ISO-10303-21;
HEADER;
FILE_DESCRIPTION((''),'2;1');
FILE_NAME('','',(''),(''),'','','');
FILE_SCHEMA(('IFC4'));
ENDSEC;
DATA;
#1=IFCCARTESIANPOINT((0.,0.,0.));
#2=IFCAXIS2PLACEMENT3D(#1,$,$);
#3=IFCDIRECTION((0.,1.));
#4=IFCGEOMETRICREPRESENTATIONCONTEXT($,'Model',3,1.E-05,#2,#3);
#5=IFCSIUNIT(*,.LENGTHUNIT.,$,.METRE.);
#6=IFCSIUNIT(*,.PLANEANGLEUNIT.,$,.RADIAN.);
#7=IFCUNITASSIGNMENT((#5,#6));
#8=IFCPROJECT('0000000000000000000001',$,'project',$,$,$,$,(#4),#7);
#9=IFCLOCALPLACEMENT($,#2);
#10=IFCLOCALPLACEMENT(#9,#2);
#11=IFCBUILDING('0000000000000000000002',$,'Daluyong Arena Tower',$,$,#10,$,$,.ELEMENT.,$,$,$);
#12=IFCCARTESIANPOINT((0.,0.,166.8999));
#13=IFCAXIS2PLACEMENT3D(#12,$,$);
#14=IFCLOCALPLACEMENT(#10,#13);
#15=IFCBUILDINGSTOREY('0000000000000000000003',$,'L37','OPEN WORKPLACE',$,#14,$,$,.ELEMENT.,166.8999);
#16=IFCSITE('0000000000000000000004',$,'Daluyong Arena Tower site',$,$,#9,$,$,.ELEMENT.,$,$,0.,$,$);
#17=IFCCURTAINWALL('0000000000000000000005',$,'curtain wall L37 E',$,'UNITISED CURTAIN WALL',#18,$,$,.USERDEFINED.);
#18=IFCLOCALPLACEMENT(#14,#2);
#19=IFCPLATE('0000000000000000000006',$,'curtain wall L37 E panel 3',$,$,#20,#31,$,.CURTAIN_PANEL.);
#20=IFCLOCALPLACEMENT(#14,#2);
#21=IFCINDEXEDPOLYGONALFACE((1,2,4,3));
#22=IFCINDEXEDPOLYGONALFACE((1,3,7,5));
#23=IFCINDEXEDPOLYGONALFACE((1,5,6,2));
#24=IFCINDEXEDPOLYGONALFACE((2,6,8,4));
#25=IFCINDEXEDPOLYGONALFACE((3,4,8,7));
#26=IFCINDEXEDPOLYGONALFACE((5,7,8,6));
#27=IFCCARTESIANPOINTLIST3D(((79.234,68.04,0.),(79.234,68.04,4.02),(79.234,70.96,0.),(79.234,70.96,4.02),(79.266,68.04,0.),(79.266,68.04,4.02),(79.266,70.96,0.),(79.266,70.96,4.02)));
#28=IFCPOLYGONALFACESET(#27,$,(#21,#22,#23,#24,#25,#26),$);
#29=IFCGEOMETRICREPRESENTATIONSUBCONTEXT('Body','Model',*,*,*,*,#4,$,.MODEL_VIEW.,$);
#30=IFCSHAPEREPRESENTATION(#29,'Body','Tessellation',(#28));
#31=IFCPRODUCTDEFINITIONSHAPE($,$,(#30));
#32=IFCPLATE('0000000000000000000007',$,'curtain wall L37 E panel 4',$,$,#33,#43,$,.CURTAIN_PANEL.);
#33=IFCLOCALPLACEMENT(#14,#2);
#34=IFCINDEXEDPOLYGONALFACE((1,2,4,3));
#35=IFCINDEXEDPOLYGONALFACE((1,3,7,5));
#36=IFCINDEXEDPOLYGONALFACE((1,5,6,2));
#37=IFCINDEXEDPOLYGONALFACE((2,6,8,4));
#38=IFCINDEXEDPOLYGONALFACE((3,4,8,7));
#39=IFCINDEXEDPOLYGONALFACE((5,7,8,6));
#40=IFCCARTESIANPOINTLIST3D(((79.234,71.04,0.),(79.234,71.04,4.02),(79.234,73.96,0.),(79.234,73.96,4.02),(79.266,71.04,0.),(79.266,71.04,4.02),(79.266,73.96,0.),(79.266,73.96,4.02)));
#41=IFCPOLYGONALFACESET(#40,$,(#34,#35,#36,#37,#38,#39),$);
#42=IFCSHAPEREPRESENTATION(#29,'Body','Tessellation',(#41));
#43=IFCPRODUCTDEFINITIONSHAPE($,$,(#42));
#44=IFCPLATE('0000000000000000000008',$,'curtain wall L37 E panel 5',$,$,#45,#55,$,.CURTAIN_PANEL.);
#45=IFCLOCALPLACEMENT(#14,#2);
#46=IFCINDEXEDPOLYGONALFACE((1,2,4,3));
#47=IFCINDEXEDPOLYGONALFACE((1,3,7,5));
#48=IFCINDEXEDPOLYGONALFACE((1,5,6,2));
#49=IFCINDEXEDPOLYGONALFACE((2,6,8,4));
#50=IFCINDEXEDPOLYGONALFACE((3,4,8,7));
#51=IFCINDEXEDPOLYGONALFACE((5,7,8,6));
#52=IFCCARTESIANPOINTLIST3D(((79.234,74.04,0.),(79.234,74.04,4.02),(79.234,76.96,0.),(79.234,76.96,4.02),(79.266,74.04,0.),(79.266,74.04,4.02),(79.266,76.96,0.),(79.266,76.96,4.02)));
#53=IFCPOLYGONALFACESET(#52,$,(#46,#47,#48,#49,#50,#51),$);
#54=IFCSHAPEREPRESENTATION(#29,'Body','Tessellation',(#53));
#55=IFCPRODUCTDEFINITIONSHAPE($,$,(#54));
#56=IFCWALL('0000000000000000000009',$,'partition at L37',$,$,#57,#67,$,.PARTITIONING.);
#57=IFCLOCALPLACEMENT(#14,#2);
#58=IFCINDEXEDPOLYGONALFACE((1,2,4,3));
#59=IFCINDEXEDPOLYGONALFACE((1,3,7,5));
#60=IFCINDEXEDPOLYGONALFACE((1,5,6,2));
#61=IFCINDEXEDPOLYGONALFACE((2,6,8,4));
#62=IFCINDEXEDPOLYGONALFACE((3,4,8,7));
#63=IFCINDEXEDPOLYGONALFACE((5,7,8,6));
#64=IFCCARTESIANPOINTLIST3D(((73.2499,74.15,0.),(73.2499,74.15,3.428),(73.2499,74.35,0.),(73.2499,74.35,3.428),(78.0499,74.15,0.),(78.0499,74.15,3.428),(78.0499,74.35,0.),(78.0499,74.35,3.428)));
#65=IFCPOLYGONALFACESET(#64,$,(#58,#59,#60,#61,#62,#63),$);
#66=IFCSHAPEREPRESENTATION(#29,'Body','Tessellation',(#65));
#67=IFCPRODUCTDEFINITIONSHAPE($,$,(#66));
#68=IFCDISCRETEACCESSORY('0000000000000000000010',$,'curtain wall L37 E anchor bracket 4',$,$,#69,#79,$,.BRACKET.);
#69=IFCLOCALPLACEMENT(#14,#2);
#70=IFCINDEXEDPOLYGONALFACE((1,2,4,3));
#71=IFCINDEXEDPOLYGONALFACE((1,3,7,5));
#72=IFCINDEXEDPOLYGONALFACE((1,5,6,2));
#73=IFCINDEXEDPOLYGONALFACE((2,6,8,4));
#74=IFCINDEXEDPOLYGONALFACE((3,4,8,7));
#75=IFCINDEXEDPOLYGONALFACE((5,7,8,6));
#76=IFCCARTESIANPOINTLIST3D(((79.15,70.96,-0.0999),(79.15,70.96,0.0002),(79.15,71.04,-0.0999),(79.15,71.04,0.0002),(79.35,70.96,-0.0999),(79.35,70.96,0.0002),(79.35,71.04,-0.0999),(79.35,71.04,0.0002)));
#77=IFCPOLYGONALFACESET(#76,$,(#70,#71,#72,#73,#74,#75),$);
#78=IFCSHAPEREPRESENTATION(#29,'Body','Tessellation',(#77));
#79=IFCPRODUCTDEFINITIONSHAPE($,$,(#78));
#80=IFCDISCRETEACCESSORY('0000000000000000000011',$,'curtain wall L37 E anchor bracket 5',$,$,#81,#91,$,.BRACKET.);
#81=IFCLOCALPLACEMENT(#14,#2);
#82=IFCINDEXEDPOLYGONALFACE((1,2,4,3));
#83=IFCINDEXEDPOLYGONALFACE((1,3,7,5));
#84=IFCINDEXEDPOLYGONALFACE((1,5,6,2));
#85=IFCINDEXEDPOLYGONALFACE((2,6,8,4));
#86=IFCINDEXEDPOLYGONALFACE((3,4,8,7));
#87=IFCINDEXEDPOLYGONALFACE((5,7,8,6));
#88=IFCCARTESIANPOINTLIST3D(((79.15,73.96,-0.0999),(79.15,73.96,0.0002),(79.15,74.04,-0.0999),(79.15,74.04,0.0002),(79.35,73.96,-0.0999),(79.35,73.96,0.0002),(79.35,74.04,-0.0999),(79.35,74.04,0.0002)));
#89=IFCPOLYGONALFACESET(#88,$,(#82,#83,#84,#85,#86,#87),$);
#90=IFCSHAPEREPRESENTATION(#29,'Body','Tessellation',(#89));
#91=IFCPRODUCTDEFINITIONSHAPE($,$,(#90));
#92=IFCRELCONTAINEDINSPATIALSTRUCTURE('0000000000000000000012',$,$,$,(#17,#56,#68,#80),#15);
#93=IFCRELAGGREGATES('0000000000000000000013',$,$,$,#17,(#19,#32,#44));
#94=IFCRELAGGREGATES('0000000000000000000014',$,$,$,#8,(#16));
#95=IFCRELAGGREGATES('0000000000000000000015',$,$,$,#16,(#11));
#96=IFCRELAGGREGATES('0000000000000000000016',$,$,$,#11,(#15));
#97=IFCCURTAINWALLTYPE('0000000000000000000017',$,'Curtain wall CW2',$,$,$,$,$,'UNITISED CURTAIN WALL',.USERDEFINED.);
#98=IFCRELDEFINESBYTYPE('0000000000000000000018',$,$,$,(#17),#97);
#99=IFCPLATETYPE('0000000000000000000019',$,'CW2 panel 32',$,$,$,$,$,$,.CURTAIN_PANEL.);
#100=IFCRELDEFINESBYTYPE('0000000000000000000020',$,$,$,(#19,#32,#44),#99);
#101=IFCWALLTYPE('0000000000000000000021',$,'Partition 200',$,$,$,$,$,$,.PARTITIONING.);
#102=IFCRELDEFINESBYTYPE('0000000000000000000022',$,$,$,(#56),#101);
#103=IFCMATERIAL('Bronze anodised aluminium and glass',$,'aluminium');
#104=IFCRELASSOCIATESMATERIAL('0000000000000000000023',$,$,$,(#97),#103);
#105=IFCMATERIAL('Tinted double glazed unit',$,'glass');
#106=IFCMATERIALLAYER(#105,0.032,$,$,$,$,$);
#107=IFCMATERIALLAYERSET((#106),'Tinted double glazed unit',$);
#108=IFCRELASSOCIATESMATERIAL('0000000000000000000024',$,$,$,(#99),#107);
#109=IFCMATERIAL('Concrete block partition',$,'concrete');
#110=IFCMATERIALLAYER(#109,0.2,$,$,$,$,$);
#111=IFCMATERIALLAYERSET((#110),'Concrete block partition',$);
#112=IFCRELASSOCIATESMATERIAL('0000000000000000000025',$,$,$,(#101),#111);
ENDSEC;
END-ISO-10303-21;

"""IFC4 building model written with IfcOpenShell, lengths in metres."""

from ifc_helpers import new_model, si_unit, direction, frame, frame_2d, origin, origin_2d, place, context, subcontext, project, spatial, rectangle, extrude, material, layer, layer_set, type_object, element, aggregate, save


model = new_model("IFC4")

# Units and contexts
model_context = context("Model", 3, precision=1e-05, world=origin(), true_north=direction((0.0, 1.0)))
body_context = subcontext(model_context, "Body", "Model", "MODEL_VIEW")
ifc_project = project(units=[si_unit("LENGTHUNIT", "METRE"), si_unit("PLANEANGLEUNIT", "RADIAN")], contexts=[model_context])

# Site, building, storey
site_placement = place(None, origin())
site = spatial("IfcSite", under=ifc_project, at=site_placement, Name="Daluyong Arena Tower site", CompositionType="ELEMENT", RefElevation=0.0)
building_placement = place(site_placement, origin())
building = spatial("IfcBuilding", under=site, at=building_placement, Name="Daluyong Arena Tower", CompositionType="ELEMENT")
storey_placement = place(building_placement, frame((0.0, 0.0, 166.8999)))
storey = spatial("IfcBuildingStorey", under=building, at=storey_placement, Name="L37", Description="OPEN WORKPLACE", CompositionType="ELEMENT", Elevation=166.8999)

# Curtain wall
ifc_material_1 = material(Name="Bronze anodised aluminium and glass", Category="aluminium")
curtain_wall_type = type_object("IfcCurtainWallType", Name="Curtain wall CW2", ElementType="UNITISED CURTAIN WALL", PredefinedType="USERDEFINED", material=ifc_material_1)
curtain_wall_placement = place(storey_placement, origin())
curtain_wall = element("IfcCurtainWall", 1, at=curtain_wall_placement, inside=storey, type_object=curtain_wall_type, Name="curtain wall L37 E", ObjectType="UNITISED CURTAIN WALL", PredefinedType="USERDEFINED")

# Plates
ifc_material_2 = material(Name="Tinted double glazed unit", Category="glass")
ifc_layer_1 = layer(ifc_material_2, 0.032)
ifc_layer_set_1 = layer_set([ifc_layer_1], Name="Tinted double glazed unit")
plate_type = type_object("IfcPlateType", Name="CW2 panel 32", PredefinedType="CURTAIN_PANEL", material=ifc_layer_set_1)
plate_1_placement = place(storey_placement, frame((79.25, 69.5, 0.0), z_axis=(0.0, 0.0, 1.0), x_axis=(0.0, 1.0, 0.0)))
plate_1 = element("IfcPlate", 2, at=plate_1_placement, type_object=plate_type, Name="curtain wall L37 E panel 3", PredefinedType="CURTAIN_PANEL", context=body_context, shape_type="SweptSolid", body=[
    extrude(rectangle(XDim=2.9199, YDim=0.032, at=origin_2d()), origin(), (0.0, 0.0, 1.0), 4.02),
])
plate_2_placement = place(storey_placement, frame((79.25, 72.5, 0.0), z_axis=(0.0, 0.0, 1.0), x_axis=(0.0, 1.0, 0.0)))
plate_2 = element("IfcPlate", 3, at=plate_2_placement, type_object=plate_type, Name="curtain wall L37 E panel 4", PredefinedType="CURTAIN_PANEL", context=body_context, shape_type="SweptSolid", body=[
    extrude(rectangle(XDim=2.9199, YDim=0.032, at=origin_2d()), origin(), (0.0, 0.0, 1.0), 4.02),
])
plate_3_placement = place(storey_placement, frame((79.25, 75.5, 0.0), z_axis=(0.0, 0.0, 1.0), x_axis=(0.0, 1.0, 0.0)))
plate_3 = element("IfcPlate", 4, at=plate_3_placement, type_object=plate_type, Name="curtain wall L37 E panel 5", PredefinedType="CURTAIN_PANEL", context=body_context, shape_type="SweptSolid", body=[
    extrude(rectangle(XDim=2.9199, YDim=0.032, at=origin_2d()), origin(), (0.0, 0.0, 1.0), 4.02),
])
aggregate(curtain_wall, [plate_1, plate_2, plate_3])

# Wall
ifc_material_3 = material(Name="Concrete block partition", Category="concrete")
ifc_layer_2 = layer(ifc_material_3, 0.2)
ifc_layer_set_2 = layer_set([ifc_layer_2], Name="Concrete block partition")
wall_type_1 = type_object("IfcWallType", Name="Partition 200", PredefinedType="PARTITIONING", material=ifc_layer_set_2)
wall_1_placement = place(storey_placement, frame((73.25, 74.25, 0.0), z_axis=(0.0, 0.0, 1.0), x_axis=(1.0, 0.0, 0.0)))
element("IfcWall", 5, at=wall_1_placement, inside=storey, type_object=wall_type_1, Name="partition at L37", PredefinedType="PARTITIONING", context=body_context, shape_type="SweptSolid", body=[
    extrude(rectangle(XDim=4.8, YDim=0.2, at=frame_2d((2.3999, 0.0))), origin(), (0.0, 0.0, 1.0), 3.428),
])

# Discrete accessories
for number, where, z_axis, x_axis, name in (
    (6, (79.25, 71.0, -0.0999), (0.0, 0.0, 1.0), (0.0, 1.0, 0.0), "curtain wall L37 E anchor bracket 4"),
    (7, (79.25, 74.0, -0.0999), (0.0, 0.0, 1.0), (0.0, 1.0, 0.0), "curtain wall L37 E anchor bracket 5"),
):
    element("IfcDiscreteAccessory", number, at=place(storey_placement, frame(where, z_axis=z_axis, x_axis=x_axis)), inside=storey, Name=name, PredefinedType="BRACKET", context=body_context, shape_type="SweptSolid", body=[
        extrude(rectangle(XDim=0.0801, YDim=0.2, at=origin_2d()), origin(), (0.0, 0.0, 1.0), 0.1001),
    ])

save(model, "model.ifc")
